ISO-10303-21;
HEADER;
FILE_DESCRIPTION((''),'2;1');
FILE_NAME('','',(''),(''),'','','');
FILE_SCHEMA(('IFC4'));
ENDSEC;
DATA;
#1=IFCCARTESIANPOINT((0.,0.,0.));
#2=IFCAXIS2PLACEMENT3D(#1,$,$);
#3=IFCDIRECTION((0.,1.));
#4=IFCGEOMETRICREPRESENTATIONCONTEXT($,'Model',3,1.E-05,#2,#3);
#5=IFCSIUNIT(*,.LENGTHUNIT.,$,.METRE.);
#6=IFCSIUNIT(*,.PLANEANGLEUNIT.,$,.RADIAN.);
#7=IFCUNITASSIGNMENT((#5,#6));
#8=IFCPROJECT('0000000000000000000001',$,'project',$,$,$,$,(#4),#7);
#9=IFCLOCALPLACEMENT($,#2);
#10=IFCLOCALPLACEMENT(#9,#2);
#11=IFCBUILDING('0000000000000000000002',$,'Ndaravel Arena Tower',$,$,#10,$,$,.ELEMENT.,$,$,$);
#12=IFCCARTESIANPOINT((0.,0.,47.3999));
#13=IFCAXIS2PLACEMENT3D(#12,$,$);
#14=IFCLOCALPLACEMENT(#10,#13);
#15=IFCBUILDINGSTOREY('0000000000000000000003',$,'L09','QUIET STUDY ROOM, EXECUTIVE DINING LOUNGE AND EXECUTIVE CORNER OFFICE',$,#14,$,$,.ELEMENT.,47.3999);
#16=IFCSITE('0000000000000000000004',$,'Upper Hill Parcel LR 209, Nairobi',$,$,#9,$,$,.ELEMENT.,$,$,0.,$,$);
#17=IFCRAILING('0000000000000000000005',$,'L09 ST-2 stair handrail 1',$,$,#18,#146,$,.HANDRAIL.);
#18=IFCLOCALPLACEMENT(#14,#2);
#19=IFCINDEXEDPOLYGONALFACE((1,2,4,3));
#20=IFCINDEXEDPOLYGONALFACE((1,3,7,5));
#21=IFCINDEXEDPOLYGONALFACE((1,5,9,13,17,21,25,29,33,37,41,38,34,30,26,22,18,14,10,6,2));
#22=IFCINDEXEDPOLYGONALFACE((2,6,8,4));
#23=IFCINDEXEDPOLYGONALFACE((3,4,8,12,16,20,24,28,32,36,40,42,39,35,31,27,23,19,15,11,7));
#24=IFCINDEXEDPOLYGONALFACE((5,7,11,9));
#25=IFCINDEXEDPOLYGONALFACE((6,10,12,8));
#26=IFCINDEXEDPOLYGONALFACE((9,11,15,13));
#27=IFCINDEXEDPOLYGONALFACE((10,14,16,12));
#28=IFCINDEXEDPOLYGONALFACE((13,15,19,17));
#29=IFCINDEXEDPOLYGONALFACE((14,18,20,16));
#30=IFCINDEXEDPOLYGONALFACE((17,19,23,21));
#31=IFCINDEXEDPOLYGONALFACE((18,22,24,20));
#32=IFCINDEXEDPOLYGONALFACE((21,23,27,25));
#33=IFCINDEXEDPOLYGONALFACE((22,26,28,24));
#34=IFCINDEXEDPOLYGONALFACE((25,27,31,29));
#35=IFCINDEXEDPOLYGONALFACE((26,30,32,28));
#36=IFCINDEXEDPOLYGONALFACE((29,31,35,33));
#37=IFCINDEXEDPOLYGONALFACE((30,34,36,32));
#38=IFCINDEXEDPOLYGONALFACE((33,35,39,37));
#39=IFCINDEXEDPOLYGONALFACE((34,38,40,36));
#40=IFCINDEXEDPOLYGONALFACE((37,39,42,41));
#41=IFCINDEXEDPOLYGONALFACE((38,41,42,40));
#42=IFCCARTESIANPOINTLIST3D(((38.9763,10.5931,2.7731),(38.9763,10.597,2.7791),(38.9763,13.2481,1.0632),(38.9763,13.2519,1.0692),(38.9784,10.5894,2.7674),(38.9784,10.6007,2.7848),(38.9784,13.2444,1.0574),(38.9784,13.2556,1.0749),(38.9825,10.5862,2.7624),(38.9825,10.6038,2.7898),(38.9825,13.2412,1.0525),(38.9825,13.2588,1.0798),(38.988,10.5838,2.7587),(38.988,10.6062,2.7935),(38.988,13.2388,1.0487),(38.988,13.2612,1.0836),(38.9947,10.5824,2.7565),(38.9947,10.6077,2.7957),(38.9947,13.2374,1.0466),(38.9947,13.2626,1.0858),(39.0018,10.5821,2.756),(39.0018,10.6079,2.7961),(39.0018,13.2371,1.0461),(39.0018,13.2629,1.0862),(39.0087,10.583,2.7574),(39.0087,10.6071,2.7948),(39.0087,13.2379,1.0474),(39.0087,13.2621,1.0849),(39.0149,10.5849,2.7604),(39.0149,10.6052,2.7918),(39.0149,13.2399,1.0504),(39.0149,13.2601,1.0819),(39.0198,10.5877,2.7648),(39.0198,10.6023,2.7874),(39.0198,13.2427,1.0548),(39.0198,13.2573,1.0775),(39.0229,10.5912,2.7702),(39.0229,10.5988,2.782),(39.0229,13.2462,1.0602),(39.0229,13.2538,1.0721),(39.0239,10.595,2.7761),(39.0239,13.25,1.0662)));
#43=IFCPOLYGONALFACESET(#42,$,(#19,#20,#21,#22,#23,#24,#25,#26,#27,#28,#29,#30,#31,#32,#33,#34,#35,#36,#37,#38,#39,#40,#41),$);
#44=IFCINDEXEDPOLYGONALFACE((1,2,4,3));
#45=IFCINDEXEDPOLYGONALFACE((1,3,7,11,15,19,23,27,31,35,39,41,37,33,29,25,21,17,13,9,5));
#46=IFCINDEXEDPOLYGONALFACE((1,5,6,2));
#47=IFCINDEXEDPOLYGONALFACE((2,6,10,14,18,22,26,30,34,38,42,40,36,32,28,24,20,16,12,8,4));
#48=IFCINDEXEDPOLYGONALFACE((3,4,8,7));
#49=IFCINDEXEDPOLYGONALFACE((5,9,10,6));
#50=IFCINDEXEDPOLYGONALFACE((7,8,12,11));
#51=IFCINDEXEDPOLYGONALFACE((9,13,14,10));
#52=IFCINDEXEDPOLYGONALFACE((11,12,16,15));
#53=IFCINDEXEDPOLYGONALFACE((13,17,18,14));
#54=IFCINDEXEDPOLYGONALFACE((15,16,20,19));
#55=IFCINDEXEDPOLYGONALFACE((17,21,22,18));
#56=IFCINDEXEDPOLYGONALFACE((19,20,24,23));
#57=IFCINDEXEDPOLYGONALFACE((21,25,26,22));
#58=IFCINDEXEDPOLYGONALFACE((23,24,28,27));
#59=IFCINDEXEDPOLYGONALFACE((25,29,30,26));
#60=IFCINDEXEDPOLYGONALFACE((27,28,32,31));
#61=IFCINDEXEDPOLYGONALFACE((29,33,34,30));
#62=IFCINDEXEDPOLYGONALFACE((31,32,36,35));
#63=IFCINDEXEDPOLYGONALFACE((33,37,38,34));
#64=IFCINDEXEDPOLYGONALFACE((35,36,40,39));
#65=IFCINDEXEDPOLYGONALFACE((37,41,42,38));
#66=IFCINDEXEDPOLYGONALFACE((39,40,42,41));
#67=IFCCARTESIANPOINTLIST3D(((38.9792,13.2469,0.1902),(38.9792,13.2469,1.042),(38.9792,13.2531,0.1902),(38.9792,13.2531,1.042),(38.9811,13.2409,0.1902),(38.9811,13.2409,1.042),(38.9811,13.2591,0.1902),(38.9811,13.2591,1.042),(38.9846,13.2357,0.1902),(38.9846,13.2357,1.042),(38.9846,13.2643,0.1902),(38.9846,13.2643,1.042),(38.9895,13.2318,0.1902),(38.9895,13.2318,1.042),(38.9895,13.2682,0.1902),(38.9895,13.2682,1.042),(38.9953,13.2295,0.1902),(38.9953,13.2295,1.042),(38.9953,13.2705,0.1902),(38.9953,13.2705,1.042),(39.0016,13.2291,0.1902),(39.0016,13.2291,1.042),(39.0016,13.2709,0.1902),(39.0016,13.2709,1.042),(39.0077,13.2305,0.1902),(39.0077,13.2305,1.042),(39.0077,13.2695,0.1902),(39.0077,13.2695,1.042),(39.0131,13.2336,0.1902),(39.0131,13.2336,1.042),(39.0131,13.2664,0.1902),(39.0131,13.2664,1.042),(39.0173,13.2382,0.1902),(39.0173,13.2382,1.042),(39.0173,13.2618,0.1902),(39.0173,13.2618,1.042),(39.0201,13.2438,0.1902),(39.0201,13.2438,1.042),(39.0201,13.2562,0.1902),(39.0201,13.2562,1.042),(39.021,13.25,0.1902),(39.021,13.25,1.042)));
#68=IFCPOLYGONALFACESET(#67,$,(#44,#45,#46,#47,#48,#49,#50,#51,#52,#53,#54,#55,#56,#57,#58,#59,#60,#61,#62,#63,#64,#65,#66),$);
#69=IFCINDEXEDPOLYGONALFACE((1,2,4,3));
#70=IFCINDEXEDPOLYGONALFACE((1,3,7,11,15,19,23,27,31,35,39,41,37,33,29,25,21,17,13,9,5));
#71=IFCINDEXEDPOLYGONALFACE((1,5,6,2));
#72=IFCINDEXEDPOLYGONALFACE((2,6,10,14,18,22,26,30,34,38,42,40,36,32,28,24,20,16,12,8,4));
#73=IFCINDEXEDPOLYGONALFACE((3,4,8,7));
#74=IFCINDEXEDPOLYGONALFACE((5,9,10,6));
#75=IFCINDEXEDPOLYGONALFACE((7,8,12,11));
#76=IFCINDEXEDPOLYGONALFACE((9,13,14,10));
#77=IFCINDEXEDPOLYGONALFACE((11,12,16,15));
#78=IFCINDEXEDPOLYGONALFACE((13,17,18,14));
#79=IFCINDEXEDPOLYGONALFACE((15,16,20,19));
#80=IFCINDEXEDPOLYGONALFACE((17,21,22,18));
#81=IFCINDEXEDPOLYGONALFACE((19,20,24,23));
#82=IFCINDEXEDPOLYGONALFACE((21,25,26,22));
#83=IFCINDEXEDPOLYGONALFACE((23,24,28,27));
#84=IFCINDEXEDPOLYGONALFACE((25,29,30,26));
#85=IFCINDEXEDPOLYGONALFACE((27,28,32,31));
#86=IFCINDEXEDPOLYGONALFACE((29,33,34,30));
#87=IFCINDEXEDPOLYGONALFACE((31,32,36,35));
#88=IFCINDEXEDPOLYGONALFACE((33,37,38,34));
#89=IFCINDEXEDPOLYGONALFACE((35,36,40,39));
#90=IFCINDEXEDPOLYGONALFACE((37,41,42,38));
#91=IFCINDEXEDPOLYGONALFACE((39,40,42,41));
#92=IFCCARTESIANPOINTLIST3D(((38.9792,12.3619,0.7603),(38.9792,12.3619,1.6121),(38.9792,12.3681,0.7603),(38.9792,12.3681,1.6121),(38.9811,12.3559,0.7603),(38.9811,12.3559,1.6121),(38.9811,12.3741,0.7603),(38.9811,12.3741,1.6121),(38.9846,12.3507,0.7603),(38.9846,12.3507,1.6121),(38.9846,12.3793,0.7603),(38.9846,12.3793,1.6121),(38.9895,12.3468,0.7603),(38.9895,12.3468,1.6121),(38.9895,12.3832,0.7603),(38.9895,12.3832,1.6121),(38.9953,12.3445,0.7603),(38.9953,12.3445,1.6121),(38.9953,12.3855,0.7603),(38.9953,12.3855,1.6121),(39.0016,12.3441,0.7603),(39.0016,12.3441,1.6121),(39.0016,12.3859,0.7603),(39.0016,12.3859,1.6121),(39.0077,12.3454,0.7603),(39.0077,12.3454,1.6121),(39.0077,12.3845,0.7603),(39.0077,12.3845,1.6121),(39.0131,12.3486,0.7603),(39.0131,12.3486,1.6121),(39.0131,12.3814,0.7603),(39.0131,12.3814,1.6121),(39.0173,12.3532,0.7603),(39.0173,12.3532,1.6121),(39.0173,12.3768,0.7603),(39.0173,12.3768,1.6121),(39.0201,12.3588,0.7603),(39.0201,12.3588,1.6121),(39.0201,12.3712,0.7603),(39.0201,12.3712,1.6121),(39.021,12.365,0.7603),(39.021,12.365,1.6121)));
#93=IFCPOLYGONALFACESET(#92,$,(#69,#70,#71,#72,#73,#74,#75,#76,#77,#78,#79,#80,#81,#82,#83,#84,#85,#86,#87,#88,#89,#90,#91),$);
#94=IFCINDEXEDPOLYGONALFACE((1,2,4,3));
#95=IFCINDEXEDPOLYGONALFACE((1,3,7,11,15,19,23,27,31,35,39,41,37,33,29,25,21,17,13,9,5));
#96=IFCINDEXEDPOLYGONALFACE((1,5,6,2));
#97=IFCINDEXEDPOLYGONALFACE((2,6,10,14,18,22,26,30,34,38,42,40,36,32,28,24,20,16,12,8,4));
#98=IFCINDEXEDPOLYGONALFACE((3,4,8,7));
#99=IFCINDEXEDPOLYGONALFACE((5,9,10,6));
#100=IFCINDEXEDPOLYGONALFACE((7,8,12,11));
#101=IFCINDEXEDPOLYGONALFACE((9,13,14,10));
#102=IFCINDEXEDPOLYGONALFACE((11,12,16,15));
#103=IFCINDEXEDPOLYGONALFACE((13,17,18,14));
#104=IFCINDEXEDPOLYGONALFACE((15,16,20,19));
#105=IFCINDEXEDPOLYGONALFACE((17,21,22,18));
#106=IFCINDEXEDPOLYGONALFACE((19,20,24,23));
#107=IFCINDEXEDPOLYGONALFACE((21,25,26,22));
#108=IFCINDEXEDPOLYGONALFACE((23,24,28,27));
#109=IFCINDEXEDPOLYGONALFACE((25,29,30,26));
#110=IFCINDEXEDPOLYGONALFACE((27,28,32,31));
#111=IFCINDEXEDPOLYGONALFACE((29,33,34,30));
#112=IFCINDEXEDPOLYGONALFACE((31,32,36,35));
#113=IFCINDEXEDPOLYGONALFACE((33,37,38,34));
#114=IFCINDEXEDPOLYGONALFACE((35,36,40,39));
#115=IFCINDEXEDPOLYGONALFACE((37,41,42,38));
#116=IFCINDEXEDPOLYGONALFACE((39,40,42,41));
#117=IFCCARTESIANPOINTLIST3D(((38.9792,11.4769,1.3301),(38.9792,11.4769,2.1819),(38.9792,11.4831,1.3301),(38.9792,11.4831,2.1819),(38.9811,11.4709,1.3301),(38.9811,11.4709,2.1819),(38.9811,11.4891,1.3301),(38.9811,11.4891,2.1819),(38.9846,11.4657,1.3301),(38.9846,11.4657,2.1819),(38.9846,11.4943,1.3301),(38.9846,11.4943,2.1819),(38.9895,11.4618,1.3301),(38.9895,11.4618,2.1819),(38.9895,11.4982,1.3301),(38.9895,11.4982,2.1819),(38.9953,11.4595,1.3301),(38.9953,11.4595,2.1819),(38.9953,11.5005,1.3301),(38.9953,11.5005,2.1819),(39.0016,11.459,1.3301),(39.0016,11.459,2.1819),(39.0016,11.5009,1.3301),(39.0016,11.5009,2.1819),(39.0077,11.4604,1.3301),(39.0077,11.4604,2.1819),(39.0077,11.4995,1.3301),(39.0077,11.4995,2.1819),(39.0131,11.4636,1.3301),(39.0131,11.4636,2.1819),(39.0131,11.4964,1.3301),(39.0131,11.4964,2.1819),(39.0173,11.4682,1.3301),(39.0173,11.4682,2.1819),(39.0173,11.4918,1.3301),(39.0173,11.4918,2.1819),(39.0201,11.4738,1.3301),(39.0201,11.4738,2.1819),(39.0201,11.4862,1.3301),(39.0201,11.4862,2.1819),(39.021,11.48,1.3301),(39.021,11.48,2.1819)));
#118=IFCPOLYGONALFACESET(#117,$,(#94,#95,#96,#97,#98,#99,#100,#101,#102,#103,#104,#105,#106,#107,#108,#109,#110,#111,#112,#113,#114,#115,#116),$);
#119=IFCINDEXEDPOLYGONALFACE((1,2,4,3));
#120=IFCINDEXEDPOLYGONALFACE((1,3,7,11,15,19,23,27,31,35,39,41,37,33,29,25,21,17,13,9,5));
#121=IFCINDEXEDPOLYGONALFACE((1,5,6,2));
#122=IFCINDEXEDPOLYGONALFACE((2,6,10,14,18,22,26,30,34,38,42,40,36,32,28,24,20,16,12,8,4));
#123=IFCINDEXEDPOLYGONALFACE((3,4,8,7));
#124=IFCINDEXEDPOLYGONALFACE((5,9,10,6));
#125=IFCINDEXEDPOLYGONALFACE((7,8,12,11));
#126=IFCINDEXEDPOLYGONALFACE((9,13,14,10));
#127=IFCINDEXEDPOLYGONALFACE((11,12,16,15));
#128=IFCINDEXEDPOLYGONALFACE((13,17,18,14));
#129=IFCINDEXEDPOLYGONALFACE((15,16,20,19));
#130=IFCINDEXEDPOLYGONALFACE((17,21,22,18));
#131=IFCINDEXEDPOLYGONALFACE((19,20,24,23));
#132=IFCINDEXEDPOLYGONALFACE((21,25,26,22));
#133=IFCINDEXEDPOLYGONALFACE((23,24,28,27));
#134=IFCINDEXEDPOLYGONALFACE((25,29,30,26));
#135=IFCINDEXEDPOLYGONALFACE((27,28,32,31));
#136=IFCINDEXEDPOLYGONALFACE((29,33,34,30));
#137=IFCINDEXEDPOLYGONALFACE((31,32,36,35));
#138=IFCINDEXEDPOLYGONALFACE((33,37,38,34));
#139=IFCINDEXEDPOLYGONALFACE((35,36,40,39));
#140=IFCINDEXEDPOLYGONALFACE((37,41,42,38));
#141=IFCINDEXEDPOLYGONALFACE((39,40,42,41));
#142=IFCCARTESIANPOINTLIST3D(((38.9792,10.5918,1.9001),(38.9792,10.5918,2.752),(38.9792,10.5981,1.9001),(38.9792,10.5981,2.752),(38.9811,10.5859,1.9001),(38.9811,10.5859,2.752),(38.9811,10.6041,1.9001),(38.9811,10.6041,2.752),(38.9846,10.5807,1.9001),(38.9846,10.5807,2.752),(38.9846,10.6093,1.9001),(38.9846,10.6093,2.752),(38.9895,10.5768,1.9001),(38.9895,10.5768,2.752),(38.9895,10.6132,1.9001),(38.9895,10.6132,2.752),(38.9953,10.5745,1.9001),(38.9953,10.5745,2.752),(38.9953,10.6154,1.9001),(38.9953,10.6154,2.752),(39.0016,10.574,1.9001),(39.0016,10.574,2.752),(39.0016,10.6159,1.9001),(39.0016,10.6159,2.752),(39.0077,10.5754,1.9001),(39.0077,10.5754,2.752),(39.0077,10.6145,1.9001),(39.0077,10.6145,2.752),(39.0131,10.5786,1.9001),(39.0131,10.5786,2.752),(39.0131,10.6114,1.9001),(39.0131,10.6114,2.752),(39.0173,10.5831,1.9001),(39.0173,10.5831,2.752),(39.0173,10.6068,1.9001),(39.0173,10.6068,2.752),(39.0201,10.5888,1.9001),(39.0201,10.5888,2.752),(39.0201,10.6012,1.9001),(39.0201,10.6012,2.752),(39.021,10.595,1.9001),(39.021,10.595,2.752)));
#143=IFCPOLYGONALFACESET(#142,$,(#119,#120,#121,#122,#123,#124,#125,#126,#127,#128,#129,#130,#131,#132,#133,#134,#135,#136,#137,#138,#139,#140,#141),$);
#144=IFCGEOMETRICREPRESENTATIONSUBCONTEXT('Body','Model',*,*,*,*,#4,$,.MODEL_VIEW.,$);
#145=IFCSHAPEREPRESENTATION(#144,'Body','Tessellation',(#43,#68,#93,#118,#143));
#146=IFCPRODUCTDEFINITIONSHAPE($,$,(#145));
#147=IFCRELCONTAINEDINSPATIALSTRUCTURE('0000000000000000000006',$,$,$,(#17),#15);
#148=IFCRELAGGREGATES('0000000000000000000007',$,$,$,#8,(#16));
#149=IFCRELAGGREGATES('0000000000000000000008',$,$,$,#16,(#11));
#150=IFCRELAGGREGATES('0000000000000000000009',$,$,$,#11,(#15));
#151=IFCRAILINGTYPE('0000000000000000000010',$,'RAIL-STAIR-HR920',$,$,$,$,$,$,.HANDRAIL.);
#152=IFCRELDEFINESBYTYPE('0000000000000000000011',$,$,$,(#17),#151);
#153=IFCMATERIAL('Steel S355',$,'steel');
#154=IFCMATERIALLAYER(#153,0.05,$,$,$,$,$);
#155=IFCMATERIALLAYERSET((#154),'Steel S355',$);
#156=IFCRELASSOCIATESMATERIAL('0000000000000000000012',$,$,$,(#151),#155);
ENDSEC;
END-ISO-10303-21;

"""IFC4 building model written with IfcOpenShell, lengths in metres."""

from ifc_helpers import new_model, si_unit, direction, frame, origin, origin_2d, place, context, subcontext, project, spatial, circle, extrude, material, layer, layer_set, type_object, element, save


model = new_model("IFC4")

# Units and contexts
model_context = context("Model", 3, precision=1e-05, world=origin(), true_north=direction((0.0, 1.0)))
body_context = subcontext(model_context, "Body", "Model", "MODEL_VIEW")
ifc_project = project(units=[si_unit("LENGTHUNIT", "METRE"), si_unit("PLANEANGLEUNIT", "RADIAN")], contexts=[model_context])

# Site, building, storey
site_placement = place(None, origin())
site = spatial("IfcSite", under=ifc_project, at=site_placement, Name="Upper Hill Parcel LR 209, Nairobi", CompositionType="ELEMENT", RefElevation=0.0)
building_placement = place(site_placement, origin())
building = spatial("IfcBuilding", under=site, at=building_placement, Name="Ndaravel Arena Tower", CompositionType="ELEMENT")
storey_placement = place(building_placement, frame((0.0, 0.0, 47.3999)))
storey = spatial("IfcBuildingStorey", under=building, at=storey_placement, Name="L09", Description="QUIET STUDY ROOM, EXECUTIVE DINING LOUNGE AND EXECUTIVE CORNER OFFICE", CompositionType="ELEMENT", Elevation=47.3999)

# Railing
ifc_material_1 = material(Name="Steel S355", Category="steel")
ifc_layer_1 = layer(ifc_material_1, 0.05)
ifc_layer_set_1 = layer_set([ifc_layer_1], Name="Steel S355")
railing_type_1 = type_object("IfcRailingType", Name="RAIL-STAIR-HR920", PredefinedType="HANDRAIL", material=ifc_layer_set_1)
railing_1_placement = place(storey_placement, frame((39.0, 13.25, 0.1902)))
element("IfcRailing", 1, at=railing_1_placement, inside=storey, type_object=railing_type_1, Name="L09 ST-2 stair handrail 1", PredefinedType="HANDRAIL", context=body_context, shape_type="SweptSolid", body=[
    extrude(circle(Radius=0.0239, at=origin_2d()), frame((0.0, 0.0, 0.876), z_axis=(0.0, -0.840724, 0.541465), x_axis=(1.0, 0.0, 0.0)), (0.0, 0.0, 1.0), 3.158),
    extrude(circle(Radius=0.021, at=origin_2d()), origin(), (0.0, 0.0, 1.0), 0.8518),
    extrude(circle(Radius=0.021, at=origin_2d()), frame((0.0, -0.885, 0.5701)), (0.0, 0.0, 1.0), 0.8518),
    extrude(circle(Radius=0.021, at=origin_2d()), frame((0.0, -1.77, 1.1399)), (0.0, 0.0, 1.0), 0.8518),
    extrude(circle(Radius=0.021, at=origin_2d()), frame((0.0, -2.655, 1.71)), (0.0, 0.0, 1.0), 0.8518),
])

save(model, "model.ifc")
